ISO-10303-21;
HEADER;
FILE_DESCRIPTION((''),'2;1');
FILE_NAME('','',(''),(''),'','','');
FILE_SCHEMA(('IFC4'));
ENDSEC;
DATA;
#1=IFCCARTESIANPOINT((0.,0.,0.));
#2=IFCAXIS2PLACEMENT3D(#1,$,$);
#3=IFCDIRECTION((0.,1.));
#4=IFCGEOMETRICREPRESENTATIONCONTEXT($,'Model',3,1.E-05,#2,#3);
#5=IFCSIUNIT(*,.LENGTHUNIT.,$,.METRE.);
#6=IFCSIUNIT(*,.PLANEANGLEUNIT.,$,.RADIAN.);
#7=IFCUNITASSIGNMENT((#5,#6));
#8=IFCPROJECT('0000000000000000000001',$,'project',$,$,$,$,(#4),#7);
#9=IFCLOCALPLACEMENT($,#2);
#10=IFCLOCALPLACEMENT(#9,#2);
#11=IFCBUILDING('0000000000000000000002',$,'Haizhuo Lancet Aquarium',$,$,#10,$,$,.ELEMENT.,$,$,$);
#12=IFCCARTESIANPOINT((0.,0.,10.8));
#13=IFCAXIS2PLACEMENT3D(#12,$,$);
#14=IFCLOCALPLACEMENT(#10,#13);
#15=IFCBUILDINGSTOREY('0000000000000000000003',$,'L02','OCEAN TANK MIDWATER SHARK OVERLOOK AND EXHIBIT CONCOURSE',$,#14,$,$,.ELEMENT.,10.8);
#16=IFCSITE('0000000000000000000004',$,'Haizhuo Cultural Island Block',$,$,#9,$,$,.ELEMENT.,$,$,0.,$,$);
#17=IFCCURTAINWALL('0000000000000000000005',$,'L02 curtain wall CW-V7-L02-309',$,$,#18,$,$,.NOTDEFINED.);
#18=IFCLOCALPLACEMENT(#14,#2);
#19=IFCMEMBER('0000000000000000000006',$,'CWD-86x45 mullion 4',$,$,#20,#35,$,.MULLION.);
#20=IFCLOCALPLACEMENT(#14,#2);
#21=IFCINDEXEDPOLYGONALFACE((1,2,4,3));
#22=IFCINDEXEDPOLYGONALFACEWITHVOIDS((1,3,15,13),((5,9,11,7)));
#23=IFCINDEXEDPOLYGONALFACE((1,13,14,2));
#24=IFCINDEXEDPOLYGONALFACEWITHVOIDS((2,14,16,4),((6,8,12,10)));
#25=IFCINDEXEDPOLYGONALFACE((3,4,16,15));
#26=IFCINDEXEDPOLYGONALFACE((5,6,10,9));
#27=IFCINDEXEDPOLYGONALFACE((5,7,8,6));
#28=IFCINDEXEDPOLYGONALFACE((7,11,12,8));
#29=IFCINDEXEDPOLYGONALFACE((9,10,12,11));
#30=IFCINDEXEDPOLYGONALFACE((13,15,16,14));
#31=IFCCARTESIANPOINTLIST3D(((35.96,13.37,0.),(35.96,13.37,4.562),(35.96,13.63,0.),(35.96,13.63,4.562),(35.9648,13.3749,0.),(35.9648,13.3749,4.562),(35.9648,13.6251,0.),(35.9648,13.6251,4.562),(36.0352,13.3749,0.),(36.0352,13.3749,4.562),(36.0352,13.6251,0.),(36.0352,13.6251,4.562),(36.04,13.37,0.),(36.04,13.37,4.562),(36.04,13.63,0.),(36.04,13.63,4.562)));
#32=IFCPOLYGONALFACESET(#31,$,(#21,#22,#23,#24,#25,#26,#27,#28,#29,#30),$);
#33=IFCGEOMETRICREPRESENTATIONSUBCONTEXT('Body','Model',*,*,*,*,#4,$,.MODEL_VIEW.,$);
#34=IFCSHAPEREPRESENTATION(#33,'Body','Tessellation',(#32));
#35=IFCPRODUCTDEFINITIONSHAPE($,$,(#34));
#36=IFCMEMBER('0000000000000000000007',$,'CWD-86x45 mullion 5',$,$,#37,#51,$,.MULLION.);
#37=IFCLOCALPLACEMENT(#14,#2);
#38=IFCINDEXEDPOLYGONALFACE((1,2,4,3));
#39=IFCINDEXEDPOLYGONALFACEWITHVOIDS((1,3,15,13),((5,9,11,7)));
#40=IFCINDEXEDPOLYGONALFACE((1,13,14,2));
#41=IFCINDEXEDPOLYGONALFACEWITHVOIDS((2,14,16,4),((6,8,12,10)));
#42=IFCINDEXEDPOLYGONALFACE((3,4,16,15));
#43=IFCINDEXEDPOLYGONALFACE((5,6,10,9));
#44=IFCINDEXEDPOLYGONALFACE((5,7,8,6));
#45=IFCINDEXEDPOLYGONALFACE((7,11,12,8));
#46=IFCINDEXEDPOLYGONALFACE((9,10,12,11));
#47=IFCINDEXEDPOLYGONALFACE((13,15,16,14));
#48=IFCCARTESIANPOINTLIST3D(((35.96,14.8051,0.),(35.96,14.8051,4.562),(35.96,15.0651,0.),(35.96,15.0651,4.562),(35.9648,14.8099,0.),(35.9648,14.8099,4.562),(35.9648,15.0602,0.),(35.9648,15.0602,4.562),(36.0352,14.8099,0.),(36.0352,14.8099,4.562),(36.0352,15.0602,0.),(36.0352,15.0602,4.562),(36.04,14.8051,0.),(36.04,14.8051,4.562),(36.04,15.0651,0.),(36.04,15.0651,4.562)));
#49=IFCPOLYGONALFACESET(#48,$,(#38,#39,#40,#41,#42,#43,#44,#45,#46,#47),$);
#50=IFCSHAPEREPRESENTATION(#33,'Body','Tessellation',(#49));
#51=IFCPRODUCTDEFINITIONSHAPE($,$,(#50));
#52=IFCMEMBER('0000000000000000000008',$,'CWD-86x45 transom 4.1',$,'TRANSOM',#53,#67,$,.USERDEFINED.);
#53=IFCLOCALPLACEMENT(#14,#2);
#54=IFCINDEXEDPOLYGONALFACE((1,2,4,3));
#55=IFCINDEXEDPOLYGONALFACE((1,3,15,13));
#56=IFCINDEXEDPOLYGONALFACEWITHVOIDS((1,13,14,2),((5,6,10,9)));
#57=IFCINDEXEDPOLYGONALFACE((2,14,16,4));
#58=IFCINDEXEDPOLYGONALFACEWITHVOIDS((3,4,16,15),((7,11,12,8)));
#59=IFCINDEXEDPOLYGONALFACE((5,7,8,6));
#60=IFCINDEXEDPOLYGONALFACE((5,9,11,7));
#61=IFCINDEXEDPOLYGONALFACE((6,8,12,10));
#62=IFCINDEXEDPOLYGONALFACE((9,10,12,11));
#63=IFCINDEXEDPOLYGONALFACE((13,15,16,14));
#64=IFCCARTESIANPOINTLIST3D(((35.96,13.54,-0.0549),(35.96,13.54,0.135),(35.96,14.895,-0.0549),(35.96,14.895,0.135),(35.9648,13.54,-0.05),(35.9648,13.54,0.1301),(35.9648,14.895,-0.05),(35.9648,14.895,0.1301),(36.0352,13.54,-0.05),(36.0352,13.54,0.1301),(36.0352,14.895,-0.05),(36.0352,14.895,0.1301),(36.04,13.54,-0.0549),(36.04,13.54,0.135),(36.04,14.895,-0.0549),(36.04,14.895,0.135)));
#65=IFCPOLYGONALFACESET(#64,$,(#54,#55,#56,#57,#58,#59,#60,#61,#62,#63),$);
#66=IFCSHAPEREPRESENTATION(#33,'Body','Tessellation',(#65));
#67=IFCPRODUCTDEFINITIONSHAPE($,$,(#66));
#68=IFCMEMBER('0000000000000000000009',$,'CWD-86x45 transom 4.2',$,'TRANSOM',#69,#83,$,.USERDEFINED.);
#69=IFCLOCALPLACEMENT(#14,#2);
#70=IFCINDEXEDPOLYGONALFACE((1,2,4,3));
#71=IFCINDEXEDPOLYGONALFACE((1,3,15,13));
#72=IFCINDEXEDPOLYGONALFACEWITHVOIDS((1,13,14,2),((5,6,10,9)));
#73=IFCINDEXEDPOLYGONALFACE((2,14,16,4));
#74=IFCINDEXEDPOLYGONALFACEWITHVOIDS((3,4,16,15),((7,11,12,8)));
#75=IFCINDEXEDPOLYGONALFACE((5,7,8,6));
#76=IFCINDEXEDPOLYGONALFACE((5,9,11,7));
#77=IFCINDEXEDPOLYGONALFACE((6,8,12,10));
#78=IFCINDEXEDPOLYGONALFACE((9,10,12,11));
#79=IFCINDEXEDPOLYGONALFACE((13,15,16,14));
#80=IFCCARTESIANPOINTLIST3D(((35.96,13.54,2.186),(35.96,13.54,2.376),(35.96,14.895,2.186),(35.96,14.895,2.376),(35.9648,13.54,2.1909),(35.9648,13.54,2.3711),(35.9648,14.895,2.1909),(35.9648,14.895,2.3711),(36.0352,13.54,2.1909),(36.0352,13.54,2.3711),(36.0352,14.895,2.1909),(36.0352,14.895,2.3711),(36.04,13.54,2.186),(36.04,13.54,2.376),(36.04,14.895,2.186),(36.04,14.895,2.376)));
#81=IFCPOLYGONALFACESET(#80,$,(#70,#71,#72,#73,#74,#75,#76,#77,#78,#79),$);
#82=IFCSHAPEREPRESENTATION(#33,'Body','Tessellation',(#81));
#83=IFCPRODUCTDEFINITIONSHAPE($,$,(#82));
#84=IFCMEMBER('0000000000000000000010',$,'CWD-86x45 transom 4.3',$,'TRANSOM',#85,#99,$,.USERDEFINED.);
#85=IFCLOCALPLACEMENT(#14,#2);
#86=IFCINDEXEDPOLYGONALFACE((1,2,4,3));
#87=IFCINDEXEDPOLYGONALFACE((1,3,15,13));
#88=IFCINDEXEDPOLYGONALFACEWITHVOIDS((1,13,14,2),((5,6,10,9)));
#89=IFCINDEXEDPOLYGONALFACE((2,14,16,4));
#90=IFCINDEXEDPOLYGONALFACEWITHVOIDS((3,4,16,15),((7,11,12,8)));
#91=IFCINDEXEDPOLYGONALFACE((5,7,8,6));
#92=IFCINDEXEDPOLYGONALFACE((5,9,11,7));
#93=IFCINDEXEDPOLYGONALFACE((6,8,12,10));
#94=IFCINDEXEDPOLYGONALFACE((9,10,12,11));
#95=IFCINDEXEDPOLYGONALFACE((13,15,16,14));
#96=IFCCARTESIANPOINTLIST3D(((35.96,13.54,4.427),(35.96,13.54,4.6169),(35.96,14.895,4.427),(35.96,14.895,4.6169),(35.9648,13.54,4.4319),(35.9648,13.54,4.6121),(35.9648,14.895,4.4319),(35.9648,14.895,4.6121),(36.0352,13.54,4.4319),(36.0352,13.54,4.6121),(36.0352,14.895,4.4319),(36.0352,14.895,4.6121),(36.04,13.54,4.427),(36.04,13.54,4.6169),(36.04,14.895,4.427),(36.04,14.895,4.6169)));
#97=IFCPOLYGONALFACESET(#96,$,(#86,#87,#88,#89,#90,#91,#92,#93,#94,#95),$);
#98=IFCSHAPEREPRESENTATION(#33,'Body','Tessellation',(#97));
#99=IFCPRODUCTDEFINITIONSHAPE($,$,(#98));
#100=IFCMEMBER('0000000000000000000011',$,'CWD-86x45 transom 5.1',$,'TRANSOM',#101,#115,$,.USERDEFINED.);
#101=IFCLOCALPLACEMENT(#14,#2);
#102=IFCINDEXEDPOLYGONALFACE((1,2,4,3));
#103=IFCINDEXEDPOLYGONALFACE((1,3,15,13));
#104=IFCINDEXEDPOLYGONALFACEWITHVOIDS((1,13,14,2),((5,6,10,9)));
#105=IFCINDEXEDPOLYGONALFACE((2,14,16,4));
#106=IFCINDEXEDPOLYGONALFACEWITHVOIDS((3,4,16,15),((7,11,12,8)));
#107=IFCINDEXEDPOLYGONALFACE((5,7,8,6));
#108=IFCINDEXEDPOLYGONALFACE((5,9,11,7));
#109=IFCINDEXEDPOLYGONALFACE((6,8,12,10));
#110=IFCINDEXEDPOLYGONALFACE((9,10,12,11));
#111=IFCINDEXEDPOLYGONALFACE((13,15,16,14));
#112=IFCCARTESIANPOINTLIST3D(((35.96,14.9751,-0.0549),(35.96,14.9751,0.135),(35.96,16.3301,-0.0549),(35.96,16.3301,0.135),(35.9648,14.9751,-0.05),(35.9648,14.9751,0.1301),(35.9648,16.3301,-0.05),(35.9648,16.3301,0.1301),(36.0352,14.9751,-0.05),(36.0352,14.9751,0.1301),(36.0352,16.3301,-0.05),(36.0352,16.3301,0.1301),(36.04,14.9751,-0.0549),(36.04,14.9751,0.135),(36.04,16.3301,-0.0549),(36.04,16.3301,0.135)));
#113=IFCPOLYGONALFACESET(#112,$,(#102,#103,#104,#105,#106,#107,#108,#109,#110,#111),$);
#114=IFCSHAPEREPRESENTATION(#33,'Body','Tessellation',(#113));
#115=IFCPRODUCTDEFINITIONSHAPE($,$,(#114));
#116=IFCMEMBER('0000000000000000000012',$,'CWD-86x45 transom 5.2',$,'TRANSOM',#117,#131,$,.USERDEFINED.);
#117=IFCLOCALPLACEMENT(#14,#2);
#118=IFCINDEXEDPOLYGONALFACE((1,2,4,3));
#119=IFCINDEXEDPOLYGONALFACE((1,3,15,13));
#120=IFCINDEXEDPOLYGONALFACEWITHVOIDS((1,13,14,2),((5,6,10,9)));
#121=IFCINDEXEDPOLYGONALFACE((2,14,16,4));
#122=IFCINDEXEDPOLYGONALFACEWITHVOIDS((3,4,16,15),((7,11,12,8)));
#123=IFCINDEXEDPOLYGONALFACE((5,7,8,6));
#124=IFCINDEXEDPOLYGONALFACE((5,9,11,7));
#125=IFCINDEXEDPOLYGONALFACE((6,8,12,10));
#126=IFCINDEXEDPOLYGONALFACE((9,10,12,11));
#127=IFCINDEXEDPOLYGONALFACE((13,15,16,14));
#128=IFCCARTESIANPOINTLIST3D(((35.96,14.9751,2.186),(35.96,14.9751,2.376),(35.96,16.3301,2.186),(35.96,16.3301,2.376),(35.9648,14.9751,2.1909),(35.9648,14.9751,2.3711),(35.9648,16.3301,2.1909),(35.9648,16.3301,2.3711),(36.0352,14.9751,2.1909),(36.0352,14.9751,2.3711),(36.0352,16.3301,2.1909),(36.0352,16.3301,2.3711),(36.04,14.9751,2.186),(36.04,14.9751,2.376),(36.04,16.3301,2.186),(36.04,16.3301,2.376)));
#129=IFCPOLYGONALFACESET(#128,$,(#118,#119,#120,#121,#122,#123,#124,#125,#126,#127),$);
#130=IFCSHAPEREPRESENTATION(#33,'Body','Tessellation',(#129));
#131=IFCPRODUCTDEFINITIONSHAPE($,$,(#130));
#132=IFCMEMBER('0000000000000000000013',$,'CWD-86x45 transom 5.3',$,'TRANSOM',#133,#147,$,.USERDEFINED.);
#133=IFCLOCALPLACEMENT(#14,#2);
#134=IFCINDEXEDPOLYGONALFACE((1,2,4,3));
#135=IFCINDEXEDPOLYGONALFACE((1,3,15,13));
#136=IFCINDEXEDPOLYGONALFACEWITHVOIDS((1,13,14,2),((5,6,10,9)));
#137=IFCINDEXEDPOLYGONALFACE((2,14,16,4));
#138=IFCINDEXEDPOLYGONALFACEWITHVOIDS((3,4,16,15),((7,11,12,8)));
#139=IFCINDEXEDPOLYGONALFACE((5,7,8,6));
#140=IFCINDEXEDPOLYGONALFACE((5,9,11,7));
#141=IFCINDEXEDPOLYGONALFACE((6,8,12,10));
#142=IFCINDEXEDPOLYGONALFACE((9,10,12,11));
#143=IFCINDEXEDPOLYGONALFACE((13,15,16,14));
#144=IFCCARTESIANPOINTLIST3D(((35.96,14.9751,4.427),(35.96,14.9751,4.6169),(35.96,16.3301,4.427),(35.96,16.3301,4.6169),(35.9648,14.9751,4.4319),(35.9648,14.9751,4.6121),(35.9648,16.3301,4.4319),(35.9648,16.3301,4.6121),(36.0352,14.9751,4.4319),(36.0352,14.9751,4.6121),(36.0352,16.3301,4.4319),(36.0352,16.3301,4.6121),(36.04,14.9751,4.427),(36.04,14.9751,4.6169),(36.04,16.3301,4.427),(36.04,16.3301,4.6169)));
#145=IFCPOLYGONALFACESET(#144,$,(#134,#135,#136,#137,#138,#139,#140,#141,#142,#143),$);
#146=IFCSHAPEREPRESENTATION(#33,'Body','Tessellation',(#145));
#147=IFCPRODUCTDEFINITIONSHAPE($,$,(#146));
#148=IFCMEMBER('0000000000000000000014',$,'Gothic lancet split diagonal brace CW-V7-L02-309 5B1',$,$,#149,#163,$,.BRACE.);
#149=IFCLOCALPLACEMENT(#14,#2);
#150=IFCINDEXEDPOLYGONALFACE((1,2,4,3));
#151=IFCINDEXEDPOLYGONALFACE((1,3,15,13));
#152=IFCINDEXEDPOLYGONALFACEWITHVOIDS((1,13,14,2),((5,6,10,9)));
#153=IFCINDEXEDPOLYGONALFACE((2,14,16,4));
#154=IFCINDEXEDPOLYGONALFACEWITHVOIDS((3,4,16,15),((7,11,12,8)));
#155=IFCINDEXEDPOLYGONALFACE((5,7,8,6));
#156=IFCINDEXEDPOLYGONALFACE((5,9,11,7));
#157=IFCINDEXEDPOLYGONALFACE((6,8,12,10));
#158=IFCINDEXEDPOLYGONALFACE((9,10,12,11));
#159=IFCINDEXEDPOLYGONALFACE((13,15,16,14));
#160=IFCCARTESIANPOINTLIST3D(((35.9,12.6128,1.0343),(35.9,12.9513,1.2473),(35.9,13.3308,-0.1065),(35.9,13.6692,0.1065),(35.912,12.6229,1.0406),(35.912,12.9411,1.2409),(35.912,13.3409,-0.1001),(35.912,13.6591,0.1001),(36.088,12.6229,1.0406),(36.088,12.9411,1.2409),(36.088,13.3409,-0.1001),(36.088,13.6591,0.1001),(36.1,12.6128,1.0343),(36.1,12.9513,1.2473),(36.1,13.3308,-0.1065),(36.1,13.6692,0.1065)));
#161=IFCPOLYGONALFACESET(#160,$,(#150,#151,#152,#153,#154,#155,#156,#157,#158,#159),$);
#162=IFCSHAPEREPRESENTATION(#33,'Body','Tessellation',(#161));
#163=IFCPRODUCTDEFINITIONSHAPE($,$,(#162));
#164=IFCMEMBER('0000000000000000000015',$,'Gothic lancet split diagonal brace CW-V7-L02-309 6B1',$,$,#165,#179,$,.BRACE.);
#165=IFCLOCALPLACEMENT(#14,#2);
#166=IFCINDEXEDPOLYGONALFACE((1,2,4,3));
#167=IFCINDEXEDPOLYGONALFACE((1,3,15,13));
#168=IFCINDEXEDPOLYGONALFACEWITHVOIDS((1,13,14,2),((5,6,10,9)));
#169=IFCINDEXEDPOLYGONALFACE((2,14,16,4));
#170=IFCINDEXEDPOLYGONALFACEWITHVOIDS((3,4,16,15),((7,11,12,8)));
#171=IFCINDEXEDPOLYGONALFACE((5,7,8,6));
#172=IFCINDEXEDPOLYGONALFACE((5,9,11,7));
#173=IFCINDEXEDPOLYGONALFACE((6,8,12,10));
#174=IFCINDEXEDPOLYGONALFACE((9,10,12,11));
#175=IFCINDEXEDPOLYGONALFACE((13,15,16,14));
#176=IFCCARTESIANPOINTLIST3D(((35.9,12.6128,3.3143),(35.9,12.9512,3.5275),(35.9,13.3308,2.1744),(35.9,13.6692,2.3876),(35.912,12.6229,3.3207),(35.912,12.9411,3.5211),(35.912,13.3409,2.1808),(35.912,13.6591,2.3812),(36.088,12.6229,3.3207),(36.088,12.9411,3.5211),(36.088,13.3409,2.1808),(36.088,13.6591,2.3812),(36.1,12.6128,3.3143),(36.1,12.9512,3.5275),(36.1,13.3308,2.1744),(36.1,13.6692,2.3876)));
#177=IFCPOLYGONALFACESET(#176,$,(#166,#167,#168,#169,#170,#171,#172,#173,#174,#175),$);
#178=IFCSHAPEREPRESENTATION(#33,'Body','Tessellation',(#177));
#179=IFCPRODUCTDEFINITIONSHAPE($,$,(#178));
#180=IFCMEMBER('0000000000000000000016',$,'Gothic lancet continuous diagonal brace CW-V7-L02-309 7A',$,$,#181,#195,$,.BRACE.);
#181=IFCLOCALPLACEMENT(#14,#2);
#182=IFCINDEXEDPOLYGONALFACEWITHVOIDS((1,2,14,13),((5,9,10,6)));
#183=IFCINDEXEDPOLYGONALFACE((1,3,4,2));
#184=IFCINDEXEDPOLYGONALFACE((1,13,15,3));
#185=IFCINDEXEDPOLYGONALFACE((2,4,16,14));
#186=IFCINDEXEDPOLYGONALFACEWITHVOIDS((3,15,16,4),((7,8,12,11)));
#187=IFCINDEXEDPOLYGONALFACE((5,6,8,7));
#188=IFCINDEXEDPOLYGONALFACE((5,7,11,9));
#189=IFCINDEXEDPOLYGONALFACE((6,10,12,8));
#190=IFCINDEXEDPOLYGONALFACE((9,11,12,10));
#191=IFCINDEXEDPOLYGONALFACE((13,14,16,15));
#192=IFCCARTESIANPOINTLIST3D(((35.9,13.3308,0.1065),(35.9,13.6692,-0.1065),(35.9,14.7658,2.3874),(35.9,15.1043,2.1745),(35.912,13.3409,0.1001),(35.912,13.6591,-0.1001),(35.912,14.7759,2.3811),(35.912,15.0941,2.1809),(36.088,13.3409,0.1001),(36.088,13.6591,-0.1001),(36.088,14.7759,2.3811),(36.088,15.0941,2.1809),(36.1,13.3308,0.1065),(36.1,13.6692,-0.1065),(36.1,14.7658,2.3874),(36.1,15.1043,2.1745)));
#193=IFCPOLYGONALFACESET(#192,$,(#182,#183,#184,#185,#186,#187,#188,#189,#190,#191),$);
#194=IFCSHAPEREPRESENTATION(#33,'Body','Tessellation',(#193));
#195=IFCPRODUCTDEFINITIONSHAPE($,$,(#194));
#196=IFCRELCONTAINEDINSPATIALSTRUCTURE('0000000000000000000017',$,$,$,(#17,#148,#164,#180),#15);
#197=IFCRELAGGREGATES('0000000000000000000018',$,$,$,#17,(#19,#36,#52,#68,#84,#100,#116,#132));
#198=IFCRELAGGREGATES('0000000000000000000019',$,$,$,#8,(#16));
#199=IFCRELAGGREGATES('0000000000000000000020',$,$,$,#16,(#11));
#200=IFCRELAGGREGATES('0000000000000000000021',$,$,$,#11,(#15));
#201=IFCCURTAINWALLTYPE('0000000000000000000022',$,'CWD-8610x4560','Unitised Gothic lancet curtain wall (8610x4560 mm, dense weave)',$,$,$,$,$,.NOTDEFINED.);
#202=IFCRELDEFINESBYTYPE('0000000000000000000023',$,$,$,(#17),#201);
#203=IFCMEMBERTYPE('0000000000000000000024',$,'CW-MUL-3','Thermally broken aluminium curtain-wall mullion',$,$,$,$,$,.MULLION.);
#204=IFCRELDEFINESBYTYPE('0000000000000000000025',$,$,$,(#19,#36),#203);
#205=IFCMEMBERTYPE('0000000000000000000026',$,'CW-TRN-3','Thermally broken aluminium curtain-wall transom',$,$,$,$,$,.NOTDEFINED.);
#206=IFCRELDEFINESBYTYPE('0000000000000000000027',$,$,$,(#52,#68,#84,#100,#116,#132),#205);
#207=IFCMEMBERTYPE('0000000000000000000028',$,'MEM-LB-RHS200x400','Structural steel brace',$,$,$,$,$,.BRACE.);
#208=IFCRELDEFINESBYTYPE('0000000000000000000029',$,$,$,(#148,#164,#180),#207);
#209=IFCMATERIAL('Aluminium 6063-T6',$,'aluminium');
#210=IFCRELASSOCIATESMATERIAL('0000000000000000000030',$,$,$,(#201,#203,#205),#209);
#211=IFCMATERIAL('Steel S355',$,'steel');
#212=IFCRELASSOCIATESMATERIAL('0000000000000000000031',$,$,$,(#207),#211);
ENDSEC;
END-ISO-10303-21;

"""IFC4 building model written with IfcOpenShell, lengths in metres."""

from ifc_helpers import new_model, si_unit, direction, frame, origin, origin_2d, place, context, subcontext, project, spatial, hollow_rectangle, extrude, material, material_profile, profile_set, type_object, element, aggregate, save


model = new_model("IFC4")

# Units and contexts
model_context = context("Model", 3, precision=1e-05, world=origin(), true_north=direction((0.0, 1.0)))
body_context = subcontext(model_context, "Body", "Model", "MODEL_VIEW")
ifc_project = project(units=[si_unit("LENGTHUNIT", "METRE"), si_unit("PLANEANGLEUNIT", "RADIAN")], contexts=[model_context])

# Site, building, storey
site_placement = place(None, origin())
site = spatial("IfcSite", under=ifc_project, at=site_placement, Name="Haizhuo Cultural Island Block", CompositionType="ELEMENT", RefElevation=0.0)
building_placement = place(site_placement, origin())
building = spatial("IfcBuilding", under=site, at=building_placement, Name="Haizhuo Lancet Aquarium", CompositionType="ELEMENT")
storey_placement = place(building_placement, frame((0.0, 0.0, 10.8)))
storey = spatial("IfcBuildingStorey", under=building, at=storey_placement, Name="L02", Description="OCEAN TANK MIDWATER SHARK OVERLOOK AND EXHIBIT CONCOURSE", CompositionType="ELEMENT", Elevation=10.8)

# Curtain wall, members
ifc_material_1 = material(Name="Aluminium 6063-T6", Category="aluminium")
curtain_wall_type = type_object("IfcCurtainWallType", Name="CWD-8610x4560", Description="Unitised Gothic lancet curtain wall (8610x4560 mm, dense weave)", PredefinedType="NOTDEFINED", material=ifc_material_1)
curtain_wall_placement = place(storey_placement, origin())
curtain_wall = element("IfcCurtainWall", 1, at=curtain_wall_placement, inside=storey, type_object=curtain_wall_type, Name="L02 curtain wall CW-V7-L02-309", PredefinedType="NOTDEFINED")
ifc_material_profile_1 = material_profile(ifc_material_1, hollow_rectangle(XDim=0.0801, YDim=0.26, WallThickness=0.0049, at=origin_2d()), Name="ALU-M 80x260x5")
ifc_profile_set_1 = profile_set([ifc_material_profile_1], Name="Aluminium 6063-T6")
member_type_1 = type_object("IfcMemberType", Name="CW-MUL-3", Description="Thermally broken aluminium curtain-wall mullion", PredefinedType="MULLION", material=ifc_profile_set_1)
member_1_placement = place(storey_placement, frame((36.0, 13.5, 0.0), z_axis=(0.0, 0.0, 1.0), x_axis=(-1.0, 0.0, 0.0)))
member_1 = element("IfcMember", 2, at=member_1_placement, type_object=member_type_1, Name="CWD-86x45 mullion 4", PredefinedType="MULLION", context=body_context, shape_type="SweptSolid", body=[
    extrude(hollow_rectangle(XDim=0.0801, YDim=0.26, WallThickness=0.0049, at=origin_2d()), origin(), (0.0, 0.0, 1.0), 4.562),
])
member_2_placement = place(storey_placement, frame((36.0, 14.9351, 0.0), z_axis=(0.0, 0.0, 1.0), x_axis=(-1.0, 0.0, 0.0)))
member_2 = element("IfcMember", 3, at=member_2_placement, type_object=member_type_1, Name="CWD-86x45 mullion 5", PredefinedType="MULLION", context=body_context, shape_type="SweptSolid", body=[
    extrude(hollow_rectangle(XDim=0.0801, YDim=0.26, WallThickness=0.0049, at=origin_2d()), origin(), (0.0, 0.0, 1.0), 4.562),
])
ifc_material_profile_2 = material_profile(ifc_material_1, hollow_rectangle(XDim=0.0801, YDim=0.1899, WallThickness=0.0049, at=origin_2d()), Name="ALU-T 80x190x5")
ifc_profile_set_2 = profile_set([ifc_material_profile_2], Name="Aluminium 6063-T6")
member_type_2 = type_object("IfcMemberType", Name="CW-TRN-3", Description="Thermally broken aluminium curtain-wall transom", PredefinedType="NOTDEFINED", material=ifc_profile_set_2)
member_3_placement = place(storey_placement, frame((36.0, 13.54, 0.04), z_axis=(0.0, 1.0, 0.0), x_axis=(-1.0, 0.0, 0.0)))
member_3 = element("IfcMember", 4, at=member_3_placement, type_object=member_type_2, Name="CWD-86x45 transom 4.1", ObjectType="TRANSOM", PredefinedType="USERDEFINED", context=body_context, shape_type="SweptSolid", body=[
    extrude(hollow_rectangle(XDim=0.0801, YDim=0.1899, WallThickness=0.0049, at=origin_2d()), origin(), (0.0, 0.0, 1.0), 1.355),
])
member_4_placement = place(storey_placement, frame((36.0, 13.54, 2.281), z_axis=(0.0, 1.0, 0.0), x_axis=(-1.0, 0.0, 0.0)))
member_4 = element("IfcMember", 5, at=member_4_placement, type_object=member_type_2, Name="CWD-86x45 transom 4.2", ObjectType="TRANSOM", PredefinedType="USERDEFINED", context=body_context, shape_type="SweptSolid", body=[
    extrude(hollow_rectangle(XDim=0.0801, YDim=0.1899, WallThickness=0.0049, at=origin_2d()), origin(), (0.0, 0.0, 1.0), 1.355),
])
member_5_placement = place(storey_placement, frame((36.0, 13.54, 4.522), z_axis=(0.0, 1.0, 0.0), x_axis=(-1.0, 0.0, 0.0)))
member_5 = element("IfcMember", 6, at=member_5_placement, type_object=member_type_2, Name="CWD-86x45 transom 4.3", ObjectType="TRANSOM", PredefinedType="USERDEFINED", context=body_context, shape_type="SweptSolid", body=[
    extrude(hollow_rectangle(XDim=0.0801, YDim=0.1899, WallThickness=0.0049, at=origin_2d()), origin(), (0.0, 0.0, 1.0), 1.355),
])
member_6_placement = place(storey_placement, frame((36.0, 14.9751, 0.04), z_axis=(0.0, 1.0, 0.0), x_axis=(-1.0, 0.0, 0.0)))
member_6 = element("IfcMember", 7, at=member_6_placement, type_object=member_type_2, Name="CWD-86x45 transom 5.1", ObjectType="TRANSOM", PredefinedType="USERDEFINED", context=body_context, shape_type="SweptSolid", body=[
    extrude(hollow_rectangle(XDim=0.0801, YDim=0.1899, WallThickness=0.0049, at=origin_2d()), origin(), (0.0, 0.0, 1.0), 1.355),
])
member_7_placement = place(storey_placement, frame((36.0, 14.9751, 2.281), z_axis=(0.0, 1.0, 0.0), x_axis=(-1.0, 0.0, 0.0)))
member_7 = element("IfcMember", 8, at=member_7_placement, type_object=member_type_2, Name="CWD-86x45 transom 5.2", ObjectType="TRANSOM", PredefinedType="USERDEFINED", context=body_context, shape_type="SweptSolid", body=[
    extrude(hollow_rectangle(XDim=0.0801, YDim=0.1899, WallThickness=0.0049, at=origin_2d()), origin(), (0.0, 0.0, 1.0), 1.355),
])
member_8_placement = place(storey_placement, frame((36.0, 14.9751, 4.522), z_axis=(0.0, 1.0, 0.0), x_axis=(-1.0, 0.0, 0.0)))
member_8 = element("IfcMember", 9, at=member_8_placement, type_object=member_type_2, Name="CWD-86x45 transom 5.3", ObjectType="TRANSOM", PredefinedType="USERDEFINED", context=body_context, shape_type="SweptSolid", body=[
    extrude(hollow_rectangle(XDim=0.0801, YDim=0.1899, WallThickness=0.0049, at=origin_2d()), origin(), (0.0, 0.0, 1.0), 1.355),
])

# Members
ifc_material_2 = material(Name="Steel S355", Category="steel")
ifc_material_profile_3 = material_profile(ifc_material_2, hollow_rectangle(XDim=0.2, YDim=0.3999, WallThickness=0.012, at=origin_2d()), Name="RHS 200x400x12")
ifc_profile_set_3 = profile_set([ifc_material_profile_3], Name="Steel S355")
member_type_3 = type_object("IfcMemberType", Name="MEM-LB-RHS200x400", Description="Structural steel brace", PredefinedType="BRACE", material=ifc_profile_set_3)
member_9_placement = place(storey_placement, frame((36.0, 13.5, 0.0), z_axis=(0.0, -0.53265, 0.846336), x_axis=(1.0, 0.0, 0.0)))
element("IfcMember", 10, at=member_9_placement, inside=storey, type_object=member_type_3, Name="Gothic lancet split diagonal brace CW-V7-L02-309 5B1", PredefinedType="BRACE", context=body_context, shape_type="SweptSolid", body=[
    extrude(hollow_rectangle(XDim=0.2, YDim=0.3999, WallThickness=0.012, at=origin_2d()), origin(), (0.0, 0.0, 1.0), 1.3479),
])
member_10_placement = place(storey_placement, frame((36.0, 13.5, 2.281), z_axis=(0.0, -0.532977, 0.84613), x_axis=(1.0, 0.0, 0.0)))
element("IfcMember", 11, at=member_10_placement, inside=storey, type_object=member_type_3, Name="Gothic lancet split diagonal brace CW-V7-L02-309 6B1", PredefinedType="BRACE", context=body_context, shape_type="SweptSolid", body=[
    extrude(hollow_rectangle(XDim=0.2, YDim=0.3999, WallThickness=0.012, at=origin_2d()), origin(), (0.0, 0.0, 1.0), 1.3472),
])
member_11_placement = place(storey_placement, frame((36.0, 13.5, 0.0), z_axis=(0.0, 0.532513, 0.846422), x_axis=(-1.0, 0.0, 0.0)))
element("IfcMember", 12, at=member_11_placement, inside=storey, type_object=member_type_3, Name="Gothic lancet continuous diagonal brace CW-V7-L02-309 7A", PredefinedType="BRACE", context=body_context, shape_type="SweptSolid", body=[
    extrude(hollow_rectangle(XDim=0.2, YDim=0.3999, WallThickness=0.012, at=origin_2d()), origin(), (0.0, 0.0, 1.0), 2.6948),
])

aggregate(curtain_wall, [member_1, member_2, member_3, member_4, member_5, member_6, member_7, member_8])

save(model, "model.ifc")
